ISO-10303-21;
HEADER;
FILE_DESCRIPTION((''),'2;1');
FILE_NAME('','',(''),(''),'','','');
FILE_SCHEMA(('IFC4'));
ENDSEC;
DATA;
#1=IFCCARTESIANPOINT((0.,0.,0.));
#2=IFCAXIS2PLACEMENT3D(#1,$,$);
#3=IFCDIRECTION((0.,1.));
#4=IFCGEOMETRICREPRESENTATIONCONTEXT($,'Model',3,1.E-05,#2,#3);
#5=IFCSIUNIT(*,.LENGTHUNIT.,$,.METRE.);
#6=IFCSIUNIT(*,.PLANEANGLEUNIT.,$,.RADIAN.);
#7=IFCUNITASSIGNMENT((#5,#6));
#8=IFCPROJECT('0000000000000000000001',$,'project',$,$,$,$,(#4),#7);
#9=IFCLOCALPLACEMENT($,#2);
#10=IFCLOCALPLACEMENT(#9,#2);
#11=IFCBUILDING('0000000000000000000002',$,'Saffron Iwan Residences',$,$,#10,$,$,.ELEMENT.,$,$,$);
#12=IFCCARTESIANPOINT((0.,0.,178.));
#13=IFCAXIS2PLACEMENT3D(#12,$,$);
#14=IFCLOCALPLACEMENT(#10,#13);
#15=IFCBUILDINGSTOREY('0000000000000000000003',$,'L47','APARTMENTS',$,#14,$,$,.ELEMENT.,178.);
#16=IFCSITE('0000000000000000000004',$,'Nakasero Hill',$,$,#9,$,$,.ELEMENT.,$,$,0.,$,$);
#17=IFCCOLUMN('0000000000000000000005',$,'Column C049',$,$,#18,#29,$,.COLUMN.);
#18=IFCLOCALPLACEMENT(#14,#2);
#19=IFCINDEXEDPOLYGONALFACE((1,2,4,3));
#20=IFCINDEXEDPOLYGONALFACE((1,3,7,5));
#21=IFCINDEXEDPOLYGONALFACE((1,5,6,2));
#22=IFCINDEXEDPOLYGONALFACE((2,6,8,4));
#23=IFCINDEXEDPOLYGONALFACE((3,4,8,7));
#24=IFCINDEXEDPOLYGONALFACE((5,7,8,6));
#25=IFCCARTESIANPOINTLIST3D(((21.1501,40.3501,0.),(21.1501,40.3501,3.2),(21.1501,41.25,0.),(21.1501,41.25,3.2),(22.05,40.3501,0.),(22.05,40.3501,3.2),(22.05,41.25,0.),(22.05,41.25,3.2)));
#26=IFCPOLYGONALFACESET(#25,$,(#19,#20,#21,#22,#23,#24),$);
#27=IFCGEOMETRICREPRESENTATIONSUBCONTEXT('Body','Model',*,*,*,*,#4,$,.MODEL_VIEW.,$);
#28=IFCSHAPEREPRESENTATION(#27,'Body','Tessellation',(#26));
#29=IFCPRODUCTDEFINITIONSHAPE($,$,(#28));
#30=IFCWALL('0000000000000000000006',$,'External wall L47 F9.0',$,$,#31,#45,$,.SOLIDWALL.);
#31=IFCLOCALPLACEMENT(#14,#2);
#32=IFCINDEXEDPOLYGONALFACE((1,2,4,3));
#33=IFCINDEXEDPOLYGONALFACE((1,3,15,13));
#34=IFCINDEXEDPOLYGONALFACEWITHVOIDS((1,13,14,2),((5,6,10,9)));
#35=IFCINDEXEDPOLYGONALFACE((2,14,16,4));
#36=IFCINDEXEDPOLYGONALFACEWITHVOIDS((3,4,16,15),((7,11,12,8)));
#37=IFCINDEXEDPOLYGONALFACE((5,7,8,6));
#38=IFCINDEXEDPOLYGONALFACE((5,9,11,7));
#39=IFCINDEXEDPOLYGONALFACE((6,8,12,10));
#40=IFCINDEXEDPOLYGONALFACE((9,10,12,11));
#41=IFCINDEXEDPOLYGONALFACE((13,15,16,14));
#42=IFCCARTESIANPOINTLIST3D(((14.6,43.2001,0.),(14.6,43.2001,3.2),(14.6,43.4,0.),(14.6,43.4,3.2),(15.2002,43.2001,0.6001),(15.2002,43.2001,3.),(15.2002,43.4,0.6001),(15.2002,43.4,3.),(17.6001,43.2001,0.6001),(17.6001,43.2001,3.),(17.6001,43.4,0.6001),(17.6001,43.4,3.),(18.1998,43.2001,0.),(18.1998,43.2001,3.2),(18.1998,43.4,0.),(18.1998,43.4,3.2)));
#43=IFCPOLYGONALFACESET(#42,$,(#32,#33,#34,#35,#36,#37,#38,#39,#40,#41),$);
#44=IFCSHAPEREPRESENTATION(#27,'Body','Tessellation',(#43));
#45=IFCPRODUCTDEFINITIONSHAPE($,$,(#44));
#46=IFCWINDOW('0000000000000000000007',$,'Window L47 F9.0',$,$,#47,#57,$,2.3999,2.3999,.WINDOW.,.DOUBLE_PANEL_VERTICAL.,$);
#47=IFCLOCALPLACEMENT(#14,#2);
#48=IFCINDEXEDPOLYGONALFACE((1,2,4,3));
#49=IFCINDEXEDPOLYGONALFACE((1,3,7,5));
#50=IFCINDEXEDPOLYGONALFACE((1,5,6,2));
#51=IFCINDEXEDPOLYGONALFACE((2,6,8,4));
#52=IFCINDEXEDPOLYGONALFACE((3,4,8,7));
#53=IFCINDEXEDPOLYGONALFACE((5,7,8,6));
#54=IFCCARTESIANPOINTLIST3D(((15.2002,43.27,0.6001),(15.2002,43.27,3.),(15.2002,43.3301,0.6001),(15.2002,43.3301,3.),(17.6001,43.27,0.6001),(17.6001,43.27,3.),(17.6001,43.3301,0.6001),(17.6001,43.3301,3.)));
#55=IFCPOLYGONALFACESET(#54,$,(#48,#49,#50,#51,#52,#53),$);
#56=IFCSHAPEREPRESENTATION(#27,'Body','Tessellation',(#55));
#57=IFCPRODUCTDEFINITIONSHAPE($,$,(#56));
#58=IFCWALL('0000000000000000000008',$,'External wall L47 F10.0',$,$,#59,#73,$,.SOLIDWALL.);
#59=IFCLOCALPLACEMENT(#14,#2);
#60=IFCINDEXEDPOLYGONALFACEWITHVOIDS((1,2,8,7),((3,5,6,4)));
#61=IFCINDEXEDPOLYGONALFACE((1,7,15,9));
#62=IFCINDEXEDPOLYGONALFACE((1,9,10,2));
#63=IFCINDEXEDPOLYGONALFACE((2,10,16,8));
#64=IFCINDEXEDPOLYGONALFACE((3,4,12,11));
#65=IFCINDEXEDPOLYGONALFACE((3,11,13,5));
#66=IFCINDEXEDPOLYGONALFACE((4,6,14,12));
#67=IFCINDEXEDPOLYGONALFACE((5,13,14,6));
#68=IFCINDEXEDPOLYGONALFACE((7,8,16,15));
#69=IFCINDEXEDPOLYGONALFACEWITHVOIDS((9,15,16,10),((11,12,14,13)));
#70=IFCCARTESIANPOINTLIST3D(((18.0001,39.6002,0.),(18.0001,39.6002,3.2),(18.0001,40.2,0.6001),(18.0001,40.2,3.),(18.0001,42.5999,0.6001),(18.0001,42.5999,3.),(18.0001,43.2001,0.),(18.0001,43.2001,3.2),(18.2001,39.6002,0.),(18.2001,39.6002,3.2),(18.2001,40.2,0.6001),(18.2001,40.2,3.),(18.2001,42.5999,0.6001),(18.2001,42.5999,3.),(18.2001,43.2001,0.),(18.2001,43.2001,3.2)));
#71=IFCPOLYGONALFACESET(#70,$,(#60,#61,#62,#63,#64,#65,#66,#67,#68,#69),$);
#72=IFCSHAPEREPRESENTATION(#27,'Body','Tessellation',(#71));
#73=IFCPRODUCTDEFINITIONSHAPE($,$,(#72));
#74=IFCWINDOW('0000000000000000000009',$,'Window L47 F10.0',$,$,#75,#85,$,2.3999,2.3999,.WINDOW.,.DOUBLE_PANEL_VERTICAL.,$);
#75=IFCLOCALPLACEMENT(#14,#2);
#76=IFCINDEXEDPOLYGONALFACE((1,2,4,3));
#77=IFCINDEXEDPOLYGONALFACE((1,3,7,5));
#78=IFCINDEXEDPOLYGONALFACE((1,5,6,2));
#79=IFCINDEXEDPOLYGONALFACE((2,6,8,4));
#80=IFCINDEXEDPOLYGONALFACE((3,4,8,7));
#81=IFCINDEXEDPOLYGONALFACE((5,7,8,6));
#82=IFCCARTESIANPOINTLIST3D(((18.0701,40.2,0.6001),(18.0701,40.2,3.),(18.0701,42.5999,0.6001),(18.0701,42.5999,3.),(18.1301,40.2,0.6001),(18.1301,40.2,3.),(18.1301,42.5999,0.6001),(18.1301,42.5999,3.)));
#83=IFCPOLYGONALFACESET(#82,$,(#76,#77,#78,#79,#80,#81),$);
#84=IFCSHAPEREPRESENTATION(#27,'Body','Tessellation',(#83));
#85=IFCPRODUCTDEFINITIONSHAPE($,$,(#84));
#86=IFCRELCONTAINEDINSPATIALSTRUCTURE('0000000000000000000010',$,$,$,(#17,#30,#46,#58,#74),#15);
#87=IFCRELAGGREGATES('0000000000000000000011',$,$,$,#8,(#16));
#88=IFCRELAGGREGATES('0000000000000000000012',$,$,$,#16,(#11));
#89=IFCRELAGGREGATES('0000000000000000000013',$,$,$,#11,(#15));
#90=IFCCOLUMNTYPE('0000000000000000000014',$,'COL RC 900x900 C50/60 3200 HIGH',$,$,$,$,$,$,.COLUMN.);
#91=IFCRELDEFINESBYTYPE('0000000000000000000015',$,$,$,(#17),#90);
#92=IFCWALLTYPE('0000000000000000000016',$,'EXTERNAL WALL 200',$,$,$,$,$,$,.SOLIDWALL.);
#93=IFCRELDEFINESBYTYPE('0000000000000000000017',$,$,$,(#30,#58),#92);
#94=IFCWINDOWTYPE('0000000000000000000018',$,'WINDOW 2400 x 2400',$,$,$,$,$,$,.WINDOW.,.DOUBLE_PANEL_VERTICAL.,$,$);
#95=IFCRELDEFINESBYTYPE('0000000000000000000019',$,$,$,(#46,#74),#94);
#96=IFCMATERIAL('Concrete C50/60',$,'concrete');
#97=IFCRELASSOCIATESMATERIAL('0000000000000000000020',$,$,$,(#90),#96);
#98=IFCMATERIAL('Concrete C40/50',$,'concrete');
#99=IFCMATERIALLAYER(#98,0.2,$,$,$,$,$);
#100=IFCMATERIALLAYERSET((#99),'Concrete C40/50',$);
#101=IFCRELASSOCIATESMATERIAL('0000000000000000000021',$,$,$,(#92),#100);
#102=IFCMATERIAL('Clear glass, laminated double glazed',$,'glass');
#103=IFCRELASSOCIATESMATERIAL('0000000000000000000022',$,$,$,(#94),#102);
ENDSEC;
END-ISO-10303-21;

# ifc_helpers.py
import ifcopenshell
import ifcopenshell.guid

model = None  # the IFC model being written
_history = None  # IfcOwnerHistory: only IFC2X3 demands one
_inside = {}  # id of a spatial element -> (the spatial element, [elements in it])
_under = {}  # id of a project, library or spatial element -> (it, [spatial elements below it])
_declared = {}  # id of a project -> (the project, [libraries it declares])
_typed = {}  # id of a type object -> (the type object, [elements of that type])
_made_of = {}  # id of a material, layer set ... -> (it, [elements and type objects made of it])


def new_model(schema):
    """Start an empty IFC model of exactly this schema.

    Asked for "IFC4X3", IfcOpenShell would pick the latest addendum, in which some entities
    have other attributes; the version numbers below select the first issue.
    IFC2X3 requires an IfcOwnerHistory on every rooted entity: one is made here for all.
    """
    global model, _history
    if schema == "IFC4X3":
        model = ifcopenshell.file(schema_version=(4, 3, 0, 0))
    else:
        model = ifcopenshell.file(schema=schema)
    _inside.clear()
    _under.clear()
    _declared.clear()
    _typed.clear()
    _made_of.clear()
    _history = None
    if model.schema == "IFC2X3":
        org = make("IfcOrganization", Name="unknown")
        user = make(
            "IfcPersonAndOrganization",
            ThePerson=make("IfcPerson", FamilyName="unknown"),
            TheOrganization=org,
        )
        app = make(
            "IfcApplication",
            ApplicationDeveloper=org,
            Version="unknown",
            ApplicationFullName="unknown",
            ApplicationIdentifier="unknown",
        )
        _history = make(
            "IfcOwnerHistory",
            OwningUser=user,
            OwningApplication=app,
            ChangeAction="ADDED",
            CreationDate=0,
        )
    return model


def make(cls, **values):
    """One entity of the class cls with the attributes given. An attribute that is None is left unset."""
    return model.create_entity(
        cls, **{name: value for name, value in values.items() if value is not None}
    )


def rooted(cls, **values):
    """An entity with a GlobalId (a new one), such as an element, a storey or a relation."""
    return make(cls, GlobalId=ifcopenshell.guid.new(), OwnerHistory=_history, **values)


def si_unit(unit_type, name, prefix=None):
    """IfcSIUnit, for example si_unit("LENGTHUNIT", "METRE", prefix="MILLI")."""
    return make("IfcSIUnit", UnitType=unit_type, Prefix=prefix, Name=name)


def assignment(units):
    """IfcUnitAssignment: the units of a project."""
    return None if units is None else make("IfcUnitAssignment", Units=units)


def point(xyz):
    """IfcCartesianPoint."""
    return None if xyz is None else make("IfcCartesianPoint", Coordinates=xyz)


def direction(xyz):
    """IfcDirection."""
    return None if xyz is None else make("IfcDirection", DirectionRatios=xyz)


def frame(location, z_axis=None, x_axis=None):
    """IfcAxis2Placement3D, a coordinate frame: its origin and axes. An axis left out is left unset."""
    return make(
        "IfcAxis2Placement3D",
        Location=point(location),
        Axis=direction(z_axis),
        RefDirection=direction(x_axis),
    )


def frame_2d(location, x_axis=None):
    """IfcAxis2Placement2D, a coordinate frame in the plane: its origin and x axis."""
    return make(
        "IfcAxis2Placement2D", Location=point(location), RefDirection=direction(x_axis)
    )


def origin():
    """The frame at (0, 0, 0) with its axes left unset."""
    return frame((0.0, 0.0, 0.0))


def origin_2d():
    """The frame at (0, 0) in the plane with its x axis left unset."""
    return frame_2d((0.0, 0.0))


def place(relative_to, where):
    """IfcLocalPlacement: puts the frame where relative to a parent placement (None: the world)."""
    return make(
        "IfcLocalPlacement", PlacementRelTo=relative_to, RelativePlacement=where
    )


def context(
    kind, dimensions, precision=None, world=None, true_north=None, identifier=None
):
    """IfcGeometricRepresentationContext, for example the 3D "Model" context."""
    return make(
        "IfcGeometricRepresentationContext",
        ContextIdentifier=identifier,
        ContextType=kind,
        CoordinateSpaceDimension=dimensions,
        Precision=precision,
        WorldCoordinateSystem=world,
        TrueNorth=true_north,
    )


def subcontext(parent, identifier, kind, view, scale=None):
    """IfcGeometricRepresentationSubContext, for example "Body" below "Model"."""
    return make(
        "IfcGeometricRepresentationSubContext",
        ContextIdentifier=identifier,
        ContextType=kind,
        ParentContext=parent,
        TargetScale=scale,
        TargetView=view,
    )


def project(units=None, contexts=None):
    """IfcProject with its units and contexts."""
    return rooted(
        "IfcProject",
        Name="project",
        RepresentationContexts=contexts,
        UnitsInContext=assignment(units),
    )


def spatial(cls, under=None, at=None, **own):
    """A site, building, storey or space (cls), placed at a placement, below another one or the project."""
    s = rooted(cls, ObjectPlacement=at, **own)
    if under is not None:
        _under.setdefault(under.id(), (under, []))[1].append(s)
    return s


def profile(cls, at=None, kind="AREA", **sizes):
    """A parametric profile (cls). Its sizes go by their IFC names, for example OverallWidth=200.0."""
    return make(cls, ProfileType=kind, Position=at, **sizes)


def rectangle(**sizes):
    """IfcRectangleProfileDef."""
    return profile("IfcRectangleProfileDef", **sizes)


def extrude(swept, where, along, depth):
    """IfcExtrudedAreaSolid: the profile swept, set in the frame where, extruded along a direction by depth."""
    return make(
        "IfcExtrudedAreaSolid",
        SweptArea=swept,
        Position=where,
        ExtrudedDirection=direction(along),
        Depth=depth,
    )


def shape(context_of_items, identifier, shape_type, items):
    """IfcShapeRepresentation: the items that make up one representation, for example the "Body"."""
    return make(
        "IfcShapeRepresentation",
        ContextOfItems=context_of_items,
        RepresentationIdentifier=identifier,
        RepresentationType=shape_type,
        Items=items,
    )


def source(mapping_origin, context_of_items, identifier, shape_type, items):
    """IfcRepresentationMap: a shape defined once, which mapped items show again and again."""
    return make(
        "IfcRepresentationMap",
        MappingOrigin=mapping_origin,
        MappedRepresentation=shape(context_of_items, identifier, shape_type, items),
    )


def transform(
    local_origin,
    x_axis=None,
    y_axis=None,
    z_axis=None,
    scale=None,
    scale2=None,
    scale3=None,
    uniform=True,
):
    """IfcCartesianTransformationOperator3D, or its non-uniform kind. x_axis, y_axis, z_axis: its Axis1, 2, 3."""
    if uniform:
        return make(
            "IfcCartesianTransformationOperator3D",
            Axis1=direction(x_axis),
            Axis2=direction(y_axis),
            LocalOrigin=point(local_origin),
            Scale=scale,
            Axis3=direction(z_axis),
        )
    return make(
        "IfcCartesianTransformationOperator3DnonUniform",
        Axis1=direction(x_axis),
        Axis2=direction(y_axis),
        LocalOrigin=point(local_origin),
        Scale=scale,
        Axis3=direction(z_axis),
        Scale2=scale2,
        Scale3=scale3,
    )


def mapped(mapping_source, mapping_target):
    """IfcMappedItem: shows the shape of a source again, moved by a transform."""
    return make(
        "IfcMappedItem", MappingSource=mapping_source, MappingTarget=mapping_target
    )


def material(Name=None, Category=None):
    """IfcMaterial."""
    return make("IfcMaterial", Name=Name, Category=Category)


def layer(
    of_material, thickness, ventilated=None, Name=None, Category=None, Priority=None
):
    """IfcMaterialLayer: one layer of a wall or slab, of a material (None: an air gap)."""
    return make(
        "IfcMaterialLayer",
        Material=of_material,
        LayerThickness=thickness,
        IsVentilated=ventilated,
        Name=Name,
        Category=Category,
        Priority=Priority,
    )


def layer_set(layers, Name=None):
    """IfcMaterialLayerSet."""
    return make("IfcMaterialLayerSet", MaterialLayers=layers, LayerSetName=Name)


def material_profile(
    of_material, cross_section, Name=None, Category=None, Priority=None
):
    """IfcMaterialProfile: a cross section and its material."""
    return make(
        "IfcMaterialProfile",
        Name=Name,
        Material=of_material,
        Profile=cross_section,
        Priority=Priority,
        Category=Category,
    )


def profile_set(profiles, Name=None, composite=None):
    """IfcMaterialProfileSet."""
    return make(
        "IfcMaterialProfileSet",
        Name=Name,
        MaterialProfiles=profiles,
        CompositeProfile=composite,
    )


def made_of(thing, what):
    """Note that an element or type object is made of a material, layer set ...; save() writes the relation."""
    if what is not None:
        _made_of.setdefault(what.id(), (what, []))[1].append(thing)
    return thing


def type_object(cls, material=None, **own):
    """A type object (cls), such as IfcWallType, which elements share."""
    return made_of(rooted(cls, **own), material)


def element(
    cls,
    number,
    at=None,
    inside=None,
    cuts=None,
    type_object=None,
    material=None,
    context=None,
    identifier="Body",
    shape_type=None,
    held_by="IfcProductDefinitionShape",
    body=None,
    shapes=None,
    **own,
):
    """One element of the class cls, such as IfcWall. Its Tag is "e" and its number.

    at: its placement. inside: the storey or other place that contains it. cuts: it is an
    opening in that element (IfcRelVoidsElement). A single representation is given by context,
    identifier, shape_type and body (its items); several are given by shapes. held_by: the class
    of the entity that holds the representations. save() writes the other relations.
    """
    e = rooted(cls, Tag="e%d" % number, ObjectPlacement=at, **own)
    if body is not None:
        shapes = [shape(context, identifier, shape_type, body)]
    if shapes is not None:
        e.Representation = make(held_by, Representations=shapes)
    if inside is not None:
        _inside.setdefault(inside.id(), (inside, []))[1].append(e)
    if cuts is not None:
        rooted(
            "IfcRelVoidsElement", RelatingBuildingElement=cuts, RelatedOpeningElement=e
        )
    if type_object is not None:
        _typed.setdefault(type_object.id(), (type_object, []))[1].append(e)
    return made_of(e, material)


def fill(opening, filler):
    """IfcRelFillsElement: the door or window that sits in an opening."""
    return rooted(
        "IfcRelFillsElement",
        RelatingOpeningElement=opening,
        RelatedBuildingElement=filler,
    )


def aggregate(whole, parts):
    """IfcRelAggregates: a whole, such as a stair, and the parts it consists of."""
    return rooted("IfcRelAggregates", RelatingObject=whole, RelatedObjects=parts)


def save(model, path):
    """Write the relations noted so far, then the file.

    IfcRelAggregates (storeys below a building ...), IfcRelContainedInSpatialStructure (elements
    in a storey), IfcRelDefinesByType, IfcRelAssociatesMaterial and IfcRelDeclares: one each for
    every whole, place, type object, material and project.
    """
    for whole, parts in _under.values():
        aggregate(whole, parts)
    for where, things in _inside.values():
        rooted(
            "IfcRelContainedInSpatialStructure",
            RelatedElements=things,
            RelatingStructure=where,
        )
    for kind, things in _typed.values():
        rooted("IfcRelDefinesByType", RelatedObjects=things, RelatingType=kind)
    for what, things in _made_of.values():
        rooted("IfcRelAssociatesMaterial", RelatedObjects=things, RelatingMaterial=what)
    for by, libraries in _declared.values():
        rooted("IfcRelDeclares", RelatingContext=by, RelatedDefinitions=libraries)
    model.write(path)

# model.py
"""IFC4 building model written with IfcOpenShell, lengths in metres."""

from ifc_helpers import new_model, si_unit, direction, frame, frame_2d, origin, origin_2d, place, context, subcontext, project, spatial, rectangle, extrude, source, transform, mapped, material, layer, layer_set, material_profile, profile_set, type_object, element, fill, save


model = new_model("IFC4")

# Units and contexts
model_context = context("Model", 3, precision=1e-05, world=origin(), true_north=direction((0.0, 1.0)))
body_context = subcontext(model_context, "Body", "Model", "MODEL_VIEW")
ifc_project = project(units=[si_unit("LENGTHUNIT", "METRE"), si_unit("PLANEANGLEUNIT", "RADIAN")], contexts=[model_context])

# Site, building, storey
site_placement = place(None, origin())
site = spatial("IfcSite", under=ifc_project, at=site_placement, Name="Nakasero Hill", CompositionType="ELEMENT", RefElevation=0.0)
building_placement = place(site_placement, origin())
building = spatial("IfcBuilding", under=site, at=building_placement, Name="Saffron Iwan Residences", CompositionType="ELEMENT")
storey_placement = place(building_placement, frame((0.0, 0.0, 178.0)))
storey = spatial("IfcBuildingStorey", under=building, at=storey_placement, Name="L47", Description="APARTMENTS", CompositionType="ELEMENT", Elevation=178.0)

# Column
ifc_material_1 = material(Name="Concrete C50/60", Category="concrete")
ifc_material_profile = material_profile(ifc_material_1, rectangle(XDim=0.8999, YDim=0.8999, at=origin_2d()), Name="RC 900x900")
ifc_profile_set = profile_set([ifc_material_profile], Name="Concrete C50/60")
column_type = type_object("IfcColumnType", Name="COL RC 900x900 C50/60 3200 HIGH", PredefinedType="COLUMN", material=ifc_profile_set)
shared_shape = source(origin(), body_context, "Body", "SweptSolid", [
    extrude(rectangle(XDim=0.8999, YDim=0.8999, at=origin_2d()), origin(), (0.0, 0.0, 1.0), 3.2),
])
column_placement = place(storey_placement, frame((21.6001, 40.8, 0.0), z_axis=(0.0, 0.0, 1.0), x_axis=(1.0, 0.0, 0.0)))
element("IfcColumn", 1, at=column_placement, inside=storey, type_object=column_type, Name="Column C049", PredefinedType="COLUMN", context=body_context, shape_type="MappedRepresentation", body=[
    mapped(shared_shape, transform((0.0, 0.0, 0.0))),
])

# Walls, openings, windows
ifc_material_2 = material(Name="Concrete C40/50", Category="concrete")
ifc_layer_1 = layer(ifc_material_2, 0.2)
ifc_layer_set_1 = layer_set([ifc_layer_1], Name="Concrete C40/50")
wall_type_1 = type_object("IfcWallType", Name="EXTERNAL WALL 200", PredefinedType="SOLIDWALL", material=ifc_layer_set_1)
wall_1_placement = place(storey_placement, frame((14.6001, 43.3, 0.0), z_axis=(0.0, 0.0, 1.0), x_axis=(1.0, 0.0, 0.0)))
wall_1 = element("IfcWall", 2, at=wall_1_placement, inside=storey, type_object=wall_type_1, Name="External wall L47 F9.0", PredefinedType="SOLIDWALL", context=body_context, shape_type="SweptSolid", body=[
    extrude(rectangle(XDim=3.5999, YDim=0.2, at=frame_2d((1.7998, 0.0))), origin(), (0.0, 0.0, 1.0), 3.2),
])
opening_1_placement = place(wall_1_placement, frame((0.6001, 0.0, 0.6001)))
opening_1 = element("IfcOpeningElement", 3, at=opening_1_placement, cuts=wall_1, PredefinedType="OPENING", context=body_context, shape_type="SweptSolid", body=[
    extrude(rectangle(XDim=2.3999, YDim=2.3999, at=frame_2d((1.2, 1.2))), frame((0.0, 0.1099, 0.0), z_axis=(0.0, -1.0, 0.0), x_axis=(1.0, 0.0, 0.0)), (0.0, 0.0, 1.0), 0.22),
])
ifc_material_3 = material(Name="Clear glass, laminated double glazed", Category="glass")
window_type_1 = type_object("IfcWindowType", Name="WINDOW 2400 x 2400", PartitioningType="DOUBLE_PANEL_VERTICAL", PredefinedType="WINDOW", material=ifc_material_3)
window_1_placement = place(opening_1_placement, origin())
window_1 = element("IfcWindow", 4, at=window_1_placement, inside=storey, type_object=window_type_1, Name="Window L47 F9.0", OverallHeight=2.3999, OverallWidth=2.3999, PartitioningType="DOUBLE_PANEL_VERTICAL", PredefinedType="WINDOW", context=body_context, shape_type="SweptSolid", body=[
    extrude(rectangle(XDim=2.3999, YDim=2.3999, at=frame_2d((1.2, 1.2))), frame((0.0, 0.03, 0.0), z_axis=(0.0, -1.0, 0.0), x_axis=(1.0, 0.0, 0.0)), (0.0, 0.0, 1.0), 0.0601),
])
fill(opening_1, window_1)
wall_2_placement = place(storey_placement, frame((18.1001, 43.2, 0.0), z_axis=(0.0, 0.0, 1.0), x_axis=(0.0, -1.0, 0.0)))
wall_2 = element("IfcWall", 5, at=wall_2_placement, inside=storey, type_object=wall_type_1, Name="External wall L47 F10.0", PredefinedType="SOLIDWALL", context=body_context, shape_type="SweptSolid", body=[
    extrude(rectangle(XDim=3.5999, YDim=0.2, at=frame_2d((1.7998, 0.0))), origin(), (0.0, 0.0, 1.0), 3.2),
])
opening_2_placement = place(wall_2_placement, frame((0.6001, 0.0, 0.6001)))
opening_2 = element("IfcOpeningElement", 6, at=opening_2_placement, cuts=wall_2, PredefinedType="OPENING", context=body_context, shape_type="SweptSolid", body=[
    extrude(rectangle(XDim=2.3999, YDim=2.3999, at=frame_2d((1.2, 1.2))), frame((0.0, 0.1099, 0.0), z_axis=(0.0, -1.0, 0.0), x_axis=(1.0, 0.0, 0.0)), (0.0, 0.0, 1.0), 0.22),
])
window_2_placement = place(opening_2_placement, origin())
window_2 = element("IfcWindow", 7, at=window_2_placement, inside=storey, type_object=window_type_1, Name="Window L47 F10.0", OverallHeight=2.3999, OverallWidth=2.3999, PartitioningType="DOUBLE_PANEL_VERTICAL", PredefinedType="WINDOW", context=body_context, shape_type="SweptSolid", body=[
    extrude(rectangle(XDim=2.3999, YDim=2.3999, at=frame_2d((1.2, 1.2))), frame((0.0, 0.03, 0.0), z_axis=(0.0, -1.0, 0.0), x_axis=(1.0, 0.0, 0.0)), (0.0, 0.0, 1.0), 0.0601),
])
fill(opening_2, window_2)

save(model, "model.ifc")
